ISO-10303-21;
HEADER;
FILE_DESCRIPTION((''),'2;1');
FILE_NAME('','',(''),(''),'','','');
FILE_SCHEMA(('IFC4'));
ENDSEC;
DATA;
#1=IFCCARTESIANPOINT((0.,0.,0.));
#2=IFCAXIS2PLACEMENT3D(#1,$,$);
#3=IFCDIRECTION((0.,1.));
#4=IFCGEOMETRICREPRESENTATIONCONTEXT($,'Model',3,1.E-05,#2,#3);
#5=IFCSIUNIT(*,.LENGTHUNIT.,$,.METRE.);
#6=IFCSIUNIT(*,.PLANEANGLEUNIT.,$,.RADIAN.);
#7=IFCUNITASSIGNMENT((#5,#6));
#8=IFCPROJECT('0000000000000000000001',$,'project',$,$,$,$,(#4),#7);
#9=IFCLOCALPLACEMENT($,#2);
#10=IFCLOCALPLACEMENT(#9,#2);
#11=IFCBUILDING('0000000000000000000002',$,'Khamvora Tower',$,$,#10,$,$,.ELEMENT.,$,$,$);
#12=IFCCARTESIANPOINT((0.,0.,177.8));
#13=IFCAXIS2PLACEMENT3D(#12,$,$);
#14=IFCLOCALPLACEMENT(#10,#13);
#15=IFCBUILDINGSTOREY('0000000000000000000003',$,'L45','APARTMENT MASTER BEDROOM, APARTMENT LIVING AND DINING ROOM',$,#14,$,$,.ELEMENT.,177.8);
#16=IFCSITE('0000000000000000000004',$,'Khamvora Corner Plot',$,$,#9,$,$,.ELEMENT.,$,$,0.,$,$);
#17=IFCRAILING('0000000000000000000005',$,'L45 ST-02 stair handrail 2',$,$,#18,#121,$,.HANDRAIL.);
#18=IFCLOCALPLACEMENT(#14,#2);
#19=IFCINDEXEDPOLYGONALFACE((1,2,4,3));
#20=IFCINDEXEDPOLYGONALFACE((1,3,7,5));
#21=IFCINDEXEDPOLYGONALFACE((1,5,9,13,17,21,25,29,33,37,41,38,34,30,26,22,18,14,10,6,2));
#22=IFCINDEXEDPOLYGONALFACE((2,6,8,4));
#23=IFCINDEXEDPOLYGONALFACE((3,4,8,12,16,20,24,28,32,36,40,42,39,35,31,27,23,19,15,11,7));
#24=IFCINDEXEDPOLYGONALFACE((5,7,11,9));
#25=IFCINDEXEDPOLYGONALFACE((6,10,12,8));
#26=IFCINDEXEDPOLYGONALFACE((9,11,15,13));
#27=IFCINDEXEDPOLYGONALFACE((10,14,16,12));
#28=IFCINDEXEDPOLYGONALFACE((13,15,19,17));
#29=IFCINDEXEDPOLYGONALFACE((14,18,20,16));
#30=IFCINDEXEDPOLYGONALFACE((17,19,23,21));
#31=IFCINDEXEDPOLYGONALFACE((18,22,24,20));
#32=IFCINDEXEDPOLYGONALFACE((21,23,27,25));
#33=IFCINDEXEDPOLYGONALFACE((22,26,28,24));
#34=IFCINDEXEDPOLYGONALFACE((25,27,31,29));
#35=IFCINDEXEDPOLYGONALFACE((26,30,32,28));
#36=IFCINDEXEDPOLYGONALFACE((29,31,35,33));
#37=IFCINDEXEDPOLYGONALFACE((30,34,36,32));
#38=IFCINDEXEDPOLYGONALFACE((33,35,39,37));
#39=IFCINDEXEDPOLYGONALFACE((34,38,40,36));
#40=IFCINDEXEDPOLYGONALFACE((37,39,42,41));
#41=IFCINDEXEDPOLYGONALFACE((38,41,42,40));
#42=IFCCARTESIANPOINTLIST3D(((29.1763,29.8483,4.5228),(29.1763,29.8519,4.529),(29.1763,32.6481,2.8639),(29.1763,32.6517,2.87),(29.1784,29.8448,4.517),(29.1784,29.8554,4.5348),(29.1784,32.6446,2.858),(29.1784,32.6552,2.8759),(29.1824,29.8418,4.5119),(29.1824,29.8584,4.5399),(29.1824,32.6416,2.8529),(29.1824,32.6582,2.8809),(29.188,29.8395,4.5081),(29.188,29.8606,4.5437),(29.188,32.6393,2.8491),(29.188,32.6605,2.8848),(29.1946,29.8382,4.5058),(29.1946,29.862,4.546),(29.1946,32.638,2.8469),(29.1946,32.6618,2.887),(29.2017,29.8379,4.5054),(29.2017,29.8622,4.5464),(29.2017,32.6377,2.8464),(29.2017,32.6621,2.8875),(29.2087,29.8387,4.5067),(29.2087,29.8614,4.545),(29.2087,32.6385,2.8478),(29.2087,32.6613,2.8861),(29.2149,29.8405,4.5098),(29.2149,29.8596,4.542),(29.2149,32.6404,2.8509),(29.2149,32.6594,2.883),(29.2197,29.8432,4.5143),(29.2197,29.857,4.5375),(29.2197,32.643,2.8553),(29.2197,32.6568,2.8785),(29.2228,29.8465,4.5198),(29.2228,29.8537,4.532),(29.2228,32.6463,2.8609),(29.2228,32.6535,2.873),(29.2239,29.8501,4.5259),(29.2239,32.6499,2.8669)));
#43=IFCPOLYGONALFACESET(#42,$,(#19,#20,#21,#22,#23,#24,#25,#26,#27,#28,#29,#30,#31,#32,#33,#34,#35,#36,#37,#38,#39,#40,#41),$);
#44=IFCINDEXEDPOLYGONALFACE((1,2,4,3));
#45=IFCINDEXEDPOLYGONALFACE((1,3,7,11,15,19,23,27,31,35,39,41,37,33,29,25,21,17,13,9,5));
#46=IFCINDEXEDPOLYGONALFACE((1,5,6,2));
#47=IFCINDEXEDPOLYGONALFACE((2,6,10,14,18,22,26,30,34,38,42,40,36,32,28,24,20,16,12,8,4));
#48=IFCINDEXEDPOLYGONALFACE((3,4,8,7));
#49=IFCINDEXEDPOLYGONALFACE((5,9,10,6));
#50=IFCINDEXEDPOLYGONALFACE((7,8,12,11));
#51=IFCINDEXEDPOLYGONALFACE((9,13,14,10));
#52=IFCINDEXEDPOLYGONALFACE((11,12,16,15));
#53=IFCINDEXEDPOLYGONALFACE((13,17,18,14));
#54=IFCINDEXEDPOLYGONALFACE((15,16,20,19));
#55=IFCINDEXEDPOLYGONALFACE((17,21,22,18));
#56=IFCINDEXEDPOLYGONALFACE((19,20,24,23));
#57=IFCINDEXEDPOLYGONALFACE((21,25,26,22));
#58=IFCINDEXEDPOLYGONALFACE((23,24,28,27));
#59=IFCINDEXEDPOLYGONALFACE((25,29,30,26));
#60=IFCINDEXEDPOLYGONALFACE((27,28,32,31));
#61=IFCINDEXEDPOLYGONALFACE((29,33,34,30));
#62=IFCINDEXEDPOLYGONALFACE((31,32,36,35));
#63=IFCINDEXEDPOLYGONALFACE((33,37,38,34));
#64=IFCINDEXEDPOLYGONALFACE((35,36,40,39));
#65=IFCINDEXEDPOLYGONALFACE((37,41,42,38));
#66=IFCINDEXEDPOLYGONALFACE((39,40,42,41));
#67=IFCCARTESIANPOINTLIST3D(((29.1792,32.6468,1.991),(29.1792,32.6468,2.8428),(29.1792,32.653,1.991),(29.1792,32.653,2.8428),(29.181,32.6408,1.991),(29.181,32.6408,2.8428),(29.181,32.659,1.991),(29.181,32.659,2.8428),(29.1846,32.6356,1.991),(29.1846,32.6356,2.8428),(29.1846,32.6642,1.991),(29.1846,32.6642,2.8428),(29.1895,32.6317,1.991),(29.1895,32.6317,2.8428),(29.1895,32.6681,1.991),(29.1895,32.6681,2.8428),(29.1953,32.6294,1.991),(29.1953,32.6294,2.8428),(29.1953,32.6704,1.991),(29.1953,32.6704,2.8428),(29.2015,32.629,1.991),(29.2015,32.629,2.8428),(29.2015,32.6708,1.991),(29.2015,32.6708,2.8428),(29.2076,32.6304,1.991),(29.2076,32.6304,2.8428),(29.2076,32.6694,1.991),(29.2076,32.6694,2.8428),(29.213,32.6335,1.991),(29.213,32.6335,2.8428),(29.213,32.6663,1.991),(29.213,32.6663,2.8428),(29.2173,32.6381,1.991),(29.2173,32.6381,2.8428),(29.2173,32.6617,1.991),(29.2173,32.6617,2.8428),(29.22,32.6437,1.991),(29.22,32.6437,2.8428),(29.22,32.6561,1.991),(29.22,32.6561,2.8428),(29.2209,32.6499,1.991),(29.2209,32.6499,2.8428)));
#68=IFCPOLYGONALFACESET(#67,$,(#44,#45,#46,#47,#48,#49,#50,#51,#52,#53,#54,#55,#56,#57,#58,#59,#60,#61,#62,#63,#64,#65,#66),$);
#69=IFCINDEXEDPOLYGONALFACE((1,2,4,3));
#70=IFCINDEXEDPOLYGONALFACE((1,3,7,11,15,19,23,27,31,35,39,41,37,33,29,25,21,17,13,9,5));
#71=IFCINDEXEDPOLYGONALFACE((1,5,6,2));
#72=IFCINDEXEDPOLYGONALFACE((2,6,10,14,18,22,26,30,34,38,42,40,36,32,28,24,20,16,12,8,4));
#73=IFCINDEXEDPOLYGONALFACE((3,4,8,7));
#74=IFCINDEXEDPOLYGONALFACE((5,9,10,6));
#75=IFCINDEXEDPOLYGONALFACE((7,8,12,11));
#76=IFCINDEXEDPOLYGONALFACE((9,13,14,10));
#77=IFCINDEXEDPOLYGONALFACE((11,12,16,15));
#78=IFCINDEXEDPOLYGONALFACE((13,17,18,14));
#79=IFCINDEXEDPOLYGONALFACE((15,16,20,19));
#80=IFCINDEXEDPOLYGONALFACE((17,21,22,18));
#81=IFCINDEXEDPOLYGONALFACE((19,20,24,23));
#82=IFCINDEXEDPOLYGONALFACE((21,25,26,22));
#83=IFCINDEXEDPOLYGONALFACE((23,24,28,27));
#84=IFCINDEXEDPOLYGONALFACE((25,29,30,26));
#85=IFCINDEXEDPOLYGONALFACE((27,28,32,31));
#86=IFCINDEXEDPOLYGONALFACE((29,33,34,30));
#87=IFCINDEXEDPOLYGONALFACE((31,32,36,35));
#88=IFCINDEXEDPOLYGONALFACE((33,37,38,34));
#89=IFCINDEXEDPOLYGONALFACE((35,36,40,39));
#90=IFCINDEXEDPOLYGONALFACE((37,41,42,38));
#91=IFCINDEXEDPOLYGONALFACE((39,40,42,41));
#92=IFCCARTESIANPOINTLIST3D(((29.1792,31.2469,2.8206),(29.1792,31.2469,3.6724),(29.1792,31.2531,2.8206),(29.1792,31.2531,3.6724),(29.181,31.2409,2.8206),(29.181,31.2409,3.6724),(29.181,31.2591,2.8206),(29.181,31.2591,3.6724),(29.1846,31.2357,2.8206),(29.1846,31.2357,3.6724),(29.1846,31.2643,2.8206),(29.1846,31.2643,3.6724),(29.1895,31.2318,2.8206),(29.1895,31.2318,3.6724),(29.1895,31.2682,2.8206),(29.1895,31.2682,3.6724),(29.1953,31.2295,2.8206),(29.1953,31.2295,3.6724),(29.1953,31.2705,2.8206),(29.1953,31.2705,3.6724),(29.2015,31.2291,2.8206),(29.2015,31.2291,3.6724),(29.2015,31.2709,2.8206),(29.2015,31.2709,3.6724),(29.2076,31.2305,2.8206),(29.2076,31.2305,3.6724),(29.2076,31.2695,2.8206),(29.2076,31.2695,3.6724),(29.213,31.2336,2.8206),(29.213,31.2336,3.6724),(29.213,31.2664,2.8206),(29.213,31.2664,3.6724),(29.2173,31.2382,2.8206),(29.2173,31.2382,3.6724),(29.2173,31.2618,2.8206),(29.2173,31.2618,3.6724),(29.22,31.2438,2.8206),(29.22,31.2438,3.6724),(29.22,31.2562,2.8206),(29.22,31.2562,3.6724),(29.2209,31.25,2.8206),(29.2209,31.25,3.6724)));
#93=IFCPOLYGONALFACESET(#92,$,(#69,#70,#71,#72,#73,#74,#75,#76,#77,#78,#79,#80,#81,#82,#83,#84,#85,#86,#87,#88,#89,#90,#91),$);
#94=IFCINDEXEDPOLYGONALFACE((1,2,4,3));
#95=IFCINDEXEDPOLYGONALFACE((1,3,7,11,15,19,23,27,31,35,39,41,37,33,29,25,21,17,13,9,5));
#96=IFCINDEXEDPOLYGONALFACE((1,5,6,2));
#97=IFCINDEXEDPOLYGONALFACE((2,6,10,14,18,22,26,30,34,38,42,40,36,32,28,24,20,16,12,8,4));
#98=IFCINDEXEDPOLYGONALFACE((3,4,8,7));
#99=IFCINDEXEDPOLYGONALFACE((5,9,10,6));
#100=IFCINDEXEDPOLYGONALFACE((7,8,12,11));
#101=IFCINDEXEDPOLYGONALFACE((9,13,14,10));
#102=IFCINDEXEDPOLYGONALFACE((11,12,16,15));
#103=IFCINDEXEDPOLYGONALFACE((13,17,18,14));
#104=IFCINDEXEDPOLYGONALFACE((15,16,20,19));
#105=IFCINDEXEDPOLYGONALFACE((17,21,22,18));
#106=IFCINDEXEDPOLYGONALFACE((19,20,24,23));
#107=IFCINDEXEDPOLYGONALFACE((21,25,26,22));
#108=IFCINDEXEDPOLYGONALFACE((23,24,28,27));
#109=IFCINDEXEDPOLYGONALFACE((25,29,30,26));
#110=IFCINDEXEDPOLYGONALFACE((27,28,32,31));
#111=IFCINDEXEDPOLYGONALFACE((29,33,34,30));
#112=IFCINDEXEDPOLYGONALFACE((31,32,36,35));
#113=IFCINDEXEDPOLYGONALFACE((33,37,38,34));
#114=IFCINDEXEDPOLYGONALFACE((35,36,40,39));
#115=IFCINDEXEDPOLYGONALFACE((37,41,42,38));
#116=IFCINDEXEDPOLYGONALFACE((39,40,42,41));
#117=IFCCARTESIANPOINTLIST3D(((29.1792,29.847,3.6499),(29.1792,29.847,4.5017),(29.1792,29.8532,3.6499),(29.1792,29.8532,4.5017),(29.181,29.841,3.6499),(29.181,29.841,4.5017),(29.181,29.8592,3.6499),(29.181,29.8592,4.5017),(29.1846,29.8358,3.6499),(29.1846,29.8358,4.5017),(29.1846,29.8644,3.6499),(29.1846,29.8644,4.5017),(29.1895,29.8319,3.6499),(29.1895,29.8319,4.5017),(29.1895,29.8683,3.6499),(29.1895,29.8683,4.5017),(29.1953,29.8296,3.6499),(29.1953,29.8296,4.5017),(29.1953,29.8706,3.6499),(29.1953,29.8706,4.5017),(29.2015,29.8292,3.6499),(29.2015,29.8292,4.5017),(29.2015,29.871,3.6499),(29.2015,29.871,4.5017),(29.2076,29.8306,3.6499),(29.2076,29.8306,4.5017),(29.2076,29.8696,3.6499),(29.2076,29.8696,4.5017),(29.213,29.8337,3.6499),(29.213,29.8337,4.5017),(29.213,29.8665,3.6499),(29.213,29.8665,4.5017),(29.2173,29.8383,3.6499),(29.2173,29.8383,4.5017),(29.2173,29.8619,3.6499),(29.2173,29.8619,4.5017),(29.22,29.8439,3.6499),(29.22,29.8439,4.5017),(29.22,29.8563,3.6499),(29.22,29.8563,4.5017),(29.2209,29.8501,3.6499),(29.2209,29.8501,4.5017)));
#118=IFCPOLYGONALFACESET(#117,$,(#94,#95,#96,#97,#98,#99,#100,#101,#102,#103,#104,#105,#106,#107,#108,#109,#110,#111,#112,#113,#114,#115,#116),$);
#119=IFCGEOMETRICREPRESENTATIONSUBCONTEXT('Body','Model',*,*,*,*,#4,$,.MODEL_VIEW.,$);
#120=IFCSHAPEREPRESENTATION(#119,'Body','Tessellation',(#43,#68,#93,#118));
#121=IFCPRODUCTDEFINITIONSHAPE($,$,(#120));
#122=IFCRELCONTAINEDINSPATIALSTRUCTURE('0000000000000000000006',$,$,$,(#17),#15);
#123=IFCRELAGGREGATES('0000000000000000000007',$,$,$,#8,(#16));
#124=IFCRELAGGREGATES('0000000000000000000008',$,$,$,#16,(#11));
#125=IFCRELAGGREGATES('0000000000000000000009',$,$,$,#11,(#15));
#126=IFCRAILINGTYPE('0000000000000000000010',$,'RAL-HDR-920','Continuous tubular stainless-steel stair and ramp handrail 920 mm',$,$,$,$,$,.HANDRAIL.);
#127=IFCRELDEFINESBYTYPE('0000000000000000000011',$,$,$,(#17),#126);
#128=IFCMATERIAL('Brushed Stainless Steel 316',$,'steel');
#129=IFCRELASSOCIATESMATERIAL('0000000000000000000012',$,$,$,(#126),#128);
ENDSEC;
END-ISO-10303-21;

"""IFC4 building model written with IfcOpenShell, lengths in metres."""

from ifc_helpers import new_model, si_unit, direction, frame, origin, origin_2d, place, context, subcontext, project, spatial, circle, extrude, material, type_object, element, save


model = new_model("IFC4")

# Units and contexts
model_context = context("Model", 3, precision=1e-05, world=origin(), true_north=direction((0.0, 1.0)))
body_context = subcontext(model_context, "Body", "Model", "MODEL_VIEW")
ifc_project = project(units=[si_unit("LENGTHUNIT", "METRE"), si_unit("PLANEANGLEUNIT", "RADIAN")], contexts=[model_context])

# Site, building, storey
site_placement = place(None, origin())
site = spatial("IfcSite", under=ifc_project, at=site_placement, Name="Khamvora Corner Plot", CompositionType="ELEMENT", RefElevation=0.0)
building_placement = place(site_placement, origin())
building = spatial("IfcBuilding", under=site, at=building_placement, Name="Khamvora Tower", CompositionType="ELEMENT")
storey_placement = place(building_placement, frame((0.0, 0.0, 177.8)))
storey = spatial("IfcBuildingStorey", under=building, at=storey_placement, Name="L45", Description="APARTMENT MASTER BEDROOM, APARTMENT LIVING AND DINING ROOM", CompositionType="ELEMENT", Elevation=177.8)

# Railing
ifc_material_1 = material(Name="Brushed Stainless Steel 316", Category="steel")
railing_type_1 = type_object("IfcRailingType", Name="RAL-HDR-920", Description="Continuous tubular stainless-steel stair and ramp handrail 920 mm", PredefinedType="HANDRAIL", material=ifc_material_1)
railing_1_placement = place(storey_placement, frame((29.2, 32.6499, 1.991)))
element("IfcRailing", 1, at=railing_1_placement, inside=storey, type_object=railing_type_1, Name="L45 ST-02 stair handrail 2", PredefinedType="HANDRAIL", context=body_context, shape_type="SweptSolid", body=[
    extrude(circle(Radius=0.0239, at=origin_2d()), frame((0.0, 0.0, 0.876), z_axis=(0.0, -0.86032, 0.509755), x_axis=(1.0, 0.0, 0.0)), (0.0, 0.0, 1.0), 3.2544),
    extrude(circle(Radius=0.021, at=origin_2d()), origin(), (0.0, 0.0, 1.0), 0.8518),
    extrude(circle(Radius=0.021, at=origin_2d()), frame((0.0, -1.3999, 0.8296)), (0.0, 0.0, 1.0), 0.8518),
    extrude(circle(Radius=0.021, at=origin_2d()), frame((0.0, -2.7998, 1.6589)), (0.0, 0.0, 1.0), 0.8518),
])

save(model, "model.ifc")
